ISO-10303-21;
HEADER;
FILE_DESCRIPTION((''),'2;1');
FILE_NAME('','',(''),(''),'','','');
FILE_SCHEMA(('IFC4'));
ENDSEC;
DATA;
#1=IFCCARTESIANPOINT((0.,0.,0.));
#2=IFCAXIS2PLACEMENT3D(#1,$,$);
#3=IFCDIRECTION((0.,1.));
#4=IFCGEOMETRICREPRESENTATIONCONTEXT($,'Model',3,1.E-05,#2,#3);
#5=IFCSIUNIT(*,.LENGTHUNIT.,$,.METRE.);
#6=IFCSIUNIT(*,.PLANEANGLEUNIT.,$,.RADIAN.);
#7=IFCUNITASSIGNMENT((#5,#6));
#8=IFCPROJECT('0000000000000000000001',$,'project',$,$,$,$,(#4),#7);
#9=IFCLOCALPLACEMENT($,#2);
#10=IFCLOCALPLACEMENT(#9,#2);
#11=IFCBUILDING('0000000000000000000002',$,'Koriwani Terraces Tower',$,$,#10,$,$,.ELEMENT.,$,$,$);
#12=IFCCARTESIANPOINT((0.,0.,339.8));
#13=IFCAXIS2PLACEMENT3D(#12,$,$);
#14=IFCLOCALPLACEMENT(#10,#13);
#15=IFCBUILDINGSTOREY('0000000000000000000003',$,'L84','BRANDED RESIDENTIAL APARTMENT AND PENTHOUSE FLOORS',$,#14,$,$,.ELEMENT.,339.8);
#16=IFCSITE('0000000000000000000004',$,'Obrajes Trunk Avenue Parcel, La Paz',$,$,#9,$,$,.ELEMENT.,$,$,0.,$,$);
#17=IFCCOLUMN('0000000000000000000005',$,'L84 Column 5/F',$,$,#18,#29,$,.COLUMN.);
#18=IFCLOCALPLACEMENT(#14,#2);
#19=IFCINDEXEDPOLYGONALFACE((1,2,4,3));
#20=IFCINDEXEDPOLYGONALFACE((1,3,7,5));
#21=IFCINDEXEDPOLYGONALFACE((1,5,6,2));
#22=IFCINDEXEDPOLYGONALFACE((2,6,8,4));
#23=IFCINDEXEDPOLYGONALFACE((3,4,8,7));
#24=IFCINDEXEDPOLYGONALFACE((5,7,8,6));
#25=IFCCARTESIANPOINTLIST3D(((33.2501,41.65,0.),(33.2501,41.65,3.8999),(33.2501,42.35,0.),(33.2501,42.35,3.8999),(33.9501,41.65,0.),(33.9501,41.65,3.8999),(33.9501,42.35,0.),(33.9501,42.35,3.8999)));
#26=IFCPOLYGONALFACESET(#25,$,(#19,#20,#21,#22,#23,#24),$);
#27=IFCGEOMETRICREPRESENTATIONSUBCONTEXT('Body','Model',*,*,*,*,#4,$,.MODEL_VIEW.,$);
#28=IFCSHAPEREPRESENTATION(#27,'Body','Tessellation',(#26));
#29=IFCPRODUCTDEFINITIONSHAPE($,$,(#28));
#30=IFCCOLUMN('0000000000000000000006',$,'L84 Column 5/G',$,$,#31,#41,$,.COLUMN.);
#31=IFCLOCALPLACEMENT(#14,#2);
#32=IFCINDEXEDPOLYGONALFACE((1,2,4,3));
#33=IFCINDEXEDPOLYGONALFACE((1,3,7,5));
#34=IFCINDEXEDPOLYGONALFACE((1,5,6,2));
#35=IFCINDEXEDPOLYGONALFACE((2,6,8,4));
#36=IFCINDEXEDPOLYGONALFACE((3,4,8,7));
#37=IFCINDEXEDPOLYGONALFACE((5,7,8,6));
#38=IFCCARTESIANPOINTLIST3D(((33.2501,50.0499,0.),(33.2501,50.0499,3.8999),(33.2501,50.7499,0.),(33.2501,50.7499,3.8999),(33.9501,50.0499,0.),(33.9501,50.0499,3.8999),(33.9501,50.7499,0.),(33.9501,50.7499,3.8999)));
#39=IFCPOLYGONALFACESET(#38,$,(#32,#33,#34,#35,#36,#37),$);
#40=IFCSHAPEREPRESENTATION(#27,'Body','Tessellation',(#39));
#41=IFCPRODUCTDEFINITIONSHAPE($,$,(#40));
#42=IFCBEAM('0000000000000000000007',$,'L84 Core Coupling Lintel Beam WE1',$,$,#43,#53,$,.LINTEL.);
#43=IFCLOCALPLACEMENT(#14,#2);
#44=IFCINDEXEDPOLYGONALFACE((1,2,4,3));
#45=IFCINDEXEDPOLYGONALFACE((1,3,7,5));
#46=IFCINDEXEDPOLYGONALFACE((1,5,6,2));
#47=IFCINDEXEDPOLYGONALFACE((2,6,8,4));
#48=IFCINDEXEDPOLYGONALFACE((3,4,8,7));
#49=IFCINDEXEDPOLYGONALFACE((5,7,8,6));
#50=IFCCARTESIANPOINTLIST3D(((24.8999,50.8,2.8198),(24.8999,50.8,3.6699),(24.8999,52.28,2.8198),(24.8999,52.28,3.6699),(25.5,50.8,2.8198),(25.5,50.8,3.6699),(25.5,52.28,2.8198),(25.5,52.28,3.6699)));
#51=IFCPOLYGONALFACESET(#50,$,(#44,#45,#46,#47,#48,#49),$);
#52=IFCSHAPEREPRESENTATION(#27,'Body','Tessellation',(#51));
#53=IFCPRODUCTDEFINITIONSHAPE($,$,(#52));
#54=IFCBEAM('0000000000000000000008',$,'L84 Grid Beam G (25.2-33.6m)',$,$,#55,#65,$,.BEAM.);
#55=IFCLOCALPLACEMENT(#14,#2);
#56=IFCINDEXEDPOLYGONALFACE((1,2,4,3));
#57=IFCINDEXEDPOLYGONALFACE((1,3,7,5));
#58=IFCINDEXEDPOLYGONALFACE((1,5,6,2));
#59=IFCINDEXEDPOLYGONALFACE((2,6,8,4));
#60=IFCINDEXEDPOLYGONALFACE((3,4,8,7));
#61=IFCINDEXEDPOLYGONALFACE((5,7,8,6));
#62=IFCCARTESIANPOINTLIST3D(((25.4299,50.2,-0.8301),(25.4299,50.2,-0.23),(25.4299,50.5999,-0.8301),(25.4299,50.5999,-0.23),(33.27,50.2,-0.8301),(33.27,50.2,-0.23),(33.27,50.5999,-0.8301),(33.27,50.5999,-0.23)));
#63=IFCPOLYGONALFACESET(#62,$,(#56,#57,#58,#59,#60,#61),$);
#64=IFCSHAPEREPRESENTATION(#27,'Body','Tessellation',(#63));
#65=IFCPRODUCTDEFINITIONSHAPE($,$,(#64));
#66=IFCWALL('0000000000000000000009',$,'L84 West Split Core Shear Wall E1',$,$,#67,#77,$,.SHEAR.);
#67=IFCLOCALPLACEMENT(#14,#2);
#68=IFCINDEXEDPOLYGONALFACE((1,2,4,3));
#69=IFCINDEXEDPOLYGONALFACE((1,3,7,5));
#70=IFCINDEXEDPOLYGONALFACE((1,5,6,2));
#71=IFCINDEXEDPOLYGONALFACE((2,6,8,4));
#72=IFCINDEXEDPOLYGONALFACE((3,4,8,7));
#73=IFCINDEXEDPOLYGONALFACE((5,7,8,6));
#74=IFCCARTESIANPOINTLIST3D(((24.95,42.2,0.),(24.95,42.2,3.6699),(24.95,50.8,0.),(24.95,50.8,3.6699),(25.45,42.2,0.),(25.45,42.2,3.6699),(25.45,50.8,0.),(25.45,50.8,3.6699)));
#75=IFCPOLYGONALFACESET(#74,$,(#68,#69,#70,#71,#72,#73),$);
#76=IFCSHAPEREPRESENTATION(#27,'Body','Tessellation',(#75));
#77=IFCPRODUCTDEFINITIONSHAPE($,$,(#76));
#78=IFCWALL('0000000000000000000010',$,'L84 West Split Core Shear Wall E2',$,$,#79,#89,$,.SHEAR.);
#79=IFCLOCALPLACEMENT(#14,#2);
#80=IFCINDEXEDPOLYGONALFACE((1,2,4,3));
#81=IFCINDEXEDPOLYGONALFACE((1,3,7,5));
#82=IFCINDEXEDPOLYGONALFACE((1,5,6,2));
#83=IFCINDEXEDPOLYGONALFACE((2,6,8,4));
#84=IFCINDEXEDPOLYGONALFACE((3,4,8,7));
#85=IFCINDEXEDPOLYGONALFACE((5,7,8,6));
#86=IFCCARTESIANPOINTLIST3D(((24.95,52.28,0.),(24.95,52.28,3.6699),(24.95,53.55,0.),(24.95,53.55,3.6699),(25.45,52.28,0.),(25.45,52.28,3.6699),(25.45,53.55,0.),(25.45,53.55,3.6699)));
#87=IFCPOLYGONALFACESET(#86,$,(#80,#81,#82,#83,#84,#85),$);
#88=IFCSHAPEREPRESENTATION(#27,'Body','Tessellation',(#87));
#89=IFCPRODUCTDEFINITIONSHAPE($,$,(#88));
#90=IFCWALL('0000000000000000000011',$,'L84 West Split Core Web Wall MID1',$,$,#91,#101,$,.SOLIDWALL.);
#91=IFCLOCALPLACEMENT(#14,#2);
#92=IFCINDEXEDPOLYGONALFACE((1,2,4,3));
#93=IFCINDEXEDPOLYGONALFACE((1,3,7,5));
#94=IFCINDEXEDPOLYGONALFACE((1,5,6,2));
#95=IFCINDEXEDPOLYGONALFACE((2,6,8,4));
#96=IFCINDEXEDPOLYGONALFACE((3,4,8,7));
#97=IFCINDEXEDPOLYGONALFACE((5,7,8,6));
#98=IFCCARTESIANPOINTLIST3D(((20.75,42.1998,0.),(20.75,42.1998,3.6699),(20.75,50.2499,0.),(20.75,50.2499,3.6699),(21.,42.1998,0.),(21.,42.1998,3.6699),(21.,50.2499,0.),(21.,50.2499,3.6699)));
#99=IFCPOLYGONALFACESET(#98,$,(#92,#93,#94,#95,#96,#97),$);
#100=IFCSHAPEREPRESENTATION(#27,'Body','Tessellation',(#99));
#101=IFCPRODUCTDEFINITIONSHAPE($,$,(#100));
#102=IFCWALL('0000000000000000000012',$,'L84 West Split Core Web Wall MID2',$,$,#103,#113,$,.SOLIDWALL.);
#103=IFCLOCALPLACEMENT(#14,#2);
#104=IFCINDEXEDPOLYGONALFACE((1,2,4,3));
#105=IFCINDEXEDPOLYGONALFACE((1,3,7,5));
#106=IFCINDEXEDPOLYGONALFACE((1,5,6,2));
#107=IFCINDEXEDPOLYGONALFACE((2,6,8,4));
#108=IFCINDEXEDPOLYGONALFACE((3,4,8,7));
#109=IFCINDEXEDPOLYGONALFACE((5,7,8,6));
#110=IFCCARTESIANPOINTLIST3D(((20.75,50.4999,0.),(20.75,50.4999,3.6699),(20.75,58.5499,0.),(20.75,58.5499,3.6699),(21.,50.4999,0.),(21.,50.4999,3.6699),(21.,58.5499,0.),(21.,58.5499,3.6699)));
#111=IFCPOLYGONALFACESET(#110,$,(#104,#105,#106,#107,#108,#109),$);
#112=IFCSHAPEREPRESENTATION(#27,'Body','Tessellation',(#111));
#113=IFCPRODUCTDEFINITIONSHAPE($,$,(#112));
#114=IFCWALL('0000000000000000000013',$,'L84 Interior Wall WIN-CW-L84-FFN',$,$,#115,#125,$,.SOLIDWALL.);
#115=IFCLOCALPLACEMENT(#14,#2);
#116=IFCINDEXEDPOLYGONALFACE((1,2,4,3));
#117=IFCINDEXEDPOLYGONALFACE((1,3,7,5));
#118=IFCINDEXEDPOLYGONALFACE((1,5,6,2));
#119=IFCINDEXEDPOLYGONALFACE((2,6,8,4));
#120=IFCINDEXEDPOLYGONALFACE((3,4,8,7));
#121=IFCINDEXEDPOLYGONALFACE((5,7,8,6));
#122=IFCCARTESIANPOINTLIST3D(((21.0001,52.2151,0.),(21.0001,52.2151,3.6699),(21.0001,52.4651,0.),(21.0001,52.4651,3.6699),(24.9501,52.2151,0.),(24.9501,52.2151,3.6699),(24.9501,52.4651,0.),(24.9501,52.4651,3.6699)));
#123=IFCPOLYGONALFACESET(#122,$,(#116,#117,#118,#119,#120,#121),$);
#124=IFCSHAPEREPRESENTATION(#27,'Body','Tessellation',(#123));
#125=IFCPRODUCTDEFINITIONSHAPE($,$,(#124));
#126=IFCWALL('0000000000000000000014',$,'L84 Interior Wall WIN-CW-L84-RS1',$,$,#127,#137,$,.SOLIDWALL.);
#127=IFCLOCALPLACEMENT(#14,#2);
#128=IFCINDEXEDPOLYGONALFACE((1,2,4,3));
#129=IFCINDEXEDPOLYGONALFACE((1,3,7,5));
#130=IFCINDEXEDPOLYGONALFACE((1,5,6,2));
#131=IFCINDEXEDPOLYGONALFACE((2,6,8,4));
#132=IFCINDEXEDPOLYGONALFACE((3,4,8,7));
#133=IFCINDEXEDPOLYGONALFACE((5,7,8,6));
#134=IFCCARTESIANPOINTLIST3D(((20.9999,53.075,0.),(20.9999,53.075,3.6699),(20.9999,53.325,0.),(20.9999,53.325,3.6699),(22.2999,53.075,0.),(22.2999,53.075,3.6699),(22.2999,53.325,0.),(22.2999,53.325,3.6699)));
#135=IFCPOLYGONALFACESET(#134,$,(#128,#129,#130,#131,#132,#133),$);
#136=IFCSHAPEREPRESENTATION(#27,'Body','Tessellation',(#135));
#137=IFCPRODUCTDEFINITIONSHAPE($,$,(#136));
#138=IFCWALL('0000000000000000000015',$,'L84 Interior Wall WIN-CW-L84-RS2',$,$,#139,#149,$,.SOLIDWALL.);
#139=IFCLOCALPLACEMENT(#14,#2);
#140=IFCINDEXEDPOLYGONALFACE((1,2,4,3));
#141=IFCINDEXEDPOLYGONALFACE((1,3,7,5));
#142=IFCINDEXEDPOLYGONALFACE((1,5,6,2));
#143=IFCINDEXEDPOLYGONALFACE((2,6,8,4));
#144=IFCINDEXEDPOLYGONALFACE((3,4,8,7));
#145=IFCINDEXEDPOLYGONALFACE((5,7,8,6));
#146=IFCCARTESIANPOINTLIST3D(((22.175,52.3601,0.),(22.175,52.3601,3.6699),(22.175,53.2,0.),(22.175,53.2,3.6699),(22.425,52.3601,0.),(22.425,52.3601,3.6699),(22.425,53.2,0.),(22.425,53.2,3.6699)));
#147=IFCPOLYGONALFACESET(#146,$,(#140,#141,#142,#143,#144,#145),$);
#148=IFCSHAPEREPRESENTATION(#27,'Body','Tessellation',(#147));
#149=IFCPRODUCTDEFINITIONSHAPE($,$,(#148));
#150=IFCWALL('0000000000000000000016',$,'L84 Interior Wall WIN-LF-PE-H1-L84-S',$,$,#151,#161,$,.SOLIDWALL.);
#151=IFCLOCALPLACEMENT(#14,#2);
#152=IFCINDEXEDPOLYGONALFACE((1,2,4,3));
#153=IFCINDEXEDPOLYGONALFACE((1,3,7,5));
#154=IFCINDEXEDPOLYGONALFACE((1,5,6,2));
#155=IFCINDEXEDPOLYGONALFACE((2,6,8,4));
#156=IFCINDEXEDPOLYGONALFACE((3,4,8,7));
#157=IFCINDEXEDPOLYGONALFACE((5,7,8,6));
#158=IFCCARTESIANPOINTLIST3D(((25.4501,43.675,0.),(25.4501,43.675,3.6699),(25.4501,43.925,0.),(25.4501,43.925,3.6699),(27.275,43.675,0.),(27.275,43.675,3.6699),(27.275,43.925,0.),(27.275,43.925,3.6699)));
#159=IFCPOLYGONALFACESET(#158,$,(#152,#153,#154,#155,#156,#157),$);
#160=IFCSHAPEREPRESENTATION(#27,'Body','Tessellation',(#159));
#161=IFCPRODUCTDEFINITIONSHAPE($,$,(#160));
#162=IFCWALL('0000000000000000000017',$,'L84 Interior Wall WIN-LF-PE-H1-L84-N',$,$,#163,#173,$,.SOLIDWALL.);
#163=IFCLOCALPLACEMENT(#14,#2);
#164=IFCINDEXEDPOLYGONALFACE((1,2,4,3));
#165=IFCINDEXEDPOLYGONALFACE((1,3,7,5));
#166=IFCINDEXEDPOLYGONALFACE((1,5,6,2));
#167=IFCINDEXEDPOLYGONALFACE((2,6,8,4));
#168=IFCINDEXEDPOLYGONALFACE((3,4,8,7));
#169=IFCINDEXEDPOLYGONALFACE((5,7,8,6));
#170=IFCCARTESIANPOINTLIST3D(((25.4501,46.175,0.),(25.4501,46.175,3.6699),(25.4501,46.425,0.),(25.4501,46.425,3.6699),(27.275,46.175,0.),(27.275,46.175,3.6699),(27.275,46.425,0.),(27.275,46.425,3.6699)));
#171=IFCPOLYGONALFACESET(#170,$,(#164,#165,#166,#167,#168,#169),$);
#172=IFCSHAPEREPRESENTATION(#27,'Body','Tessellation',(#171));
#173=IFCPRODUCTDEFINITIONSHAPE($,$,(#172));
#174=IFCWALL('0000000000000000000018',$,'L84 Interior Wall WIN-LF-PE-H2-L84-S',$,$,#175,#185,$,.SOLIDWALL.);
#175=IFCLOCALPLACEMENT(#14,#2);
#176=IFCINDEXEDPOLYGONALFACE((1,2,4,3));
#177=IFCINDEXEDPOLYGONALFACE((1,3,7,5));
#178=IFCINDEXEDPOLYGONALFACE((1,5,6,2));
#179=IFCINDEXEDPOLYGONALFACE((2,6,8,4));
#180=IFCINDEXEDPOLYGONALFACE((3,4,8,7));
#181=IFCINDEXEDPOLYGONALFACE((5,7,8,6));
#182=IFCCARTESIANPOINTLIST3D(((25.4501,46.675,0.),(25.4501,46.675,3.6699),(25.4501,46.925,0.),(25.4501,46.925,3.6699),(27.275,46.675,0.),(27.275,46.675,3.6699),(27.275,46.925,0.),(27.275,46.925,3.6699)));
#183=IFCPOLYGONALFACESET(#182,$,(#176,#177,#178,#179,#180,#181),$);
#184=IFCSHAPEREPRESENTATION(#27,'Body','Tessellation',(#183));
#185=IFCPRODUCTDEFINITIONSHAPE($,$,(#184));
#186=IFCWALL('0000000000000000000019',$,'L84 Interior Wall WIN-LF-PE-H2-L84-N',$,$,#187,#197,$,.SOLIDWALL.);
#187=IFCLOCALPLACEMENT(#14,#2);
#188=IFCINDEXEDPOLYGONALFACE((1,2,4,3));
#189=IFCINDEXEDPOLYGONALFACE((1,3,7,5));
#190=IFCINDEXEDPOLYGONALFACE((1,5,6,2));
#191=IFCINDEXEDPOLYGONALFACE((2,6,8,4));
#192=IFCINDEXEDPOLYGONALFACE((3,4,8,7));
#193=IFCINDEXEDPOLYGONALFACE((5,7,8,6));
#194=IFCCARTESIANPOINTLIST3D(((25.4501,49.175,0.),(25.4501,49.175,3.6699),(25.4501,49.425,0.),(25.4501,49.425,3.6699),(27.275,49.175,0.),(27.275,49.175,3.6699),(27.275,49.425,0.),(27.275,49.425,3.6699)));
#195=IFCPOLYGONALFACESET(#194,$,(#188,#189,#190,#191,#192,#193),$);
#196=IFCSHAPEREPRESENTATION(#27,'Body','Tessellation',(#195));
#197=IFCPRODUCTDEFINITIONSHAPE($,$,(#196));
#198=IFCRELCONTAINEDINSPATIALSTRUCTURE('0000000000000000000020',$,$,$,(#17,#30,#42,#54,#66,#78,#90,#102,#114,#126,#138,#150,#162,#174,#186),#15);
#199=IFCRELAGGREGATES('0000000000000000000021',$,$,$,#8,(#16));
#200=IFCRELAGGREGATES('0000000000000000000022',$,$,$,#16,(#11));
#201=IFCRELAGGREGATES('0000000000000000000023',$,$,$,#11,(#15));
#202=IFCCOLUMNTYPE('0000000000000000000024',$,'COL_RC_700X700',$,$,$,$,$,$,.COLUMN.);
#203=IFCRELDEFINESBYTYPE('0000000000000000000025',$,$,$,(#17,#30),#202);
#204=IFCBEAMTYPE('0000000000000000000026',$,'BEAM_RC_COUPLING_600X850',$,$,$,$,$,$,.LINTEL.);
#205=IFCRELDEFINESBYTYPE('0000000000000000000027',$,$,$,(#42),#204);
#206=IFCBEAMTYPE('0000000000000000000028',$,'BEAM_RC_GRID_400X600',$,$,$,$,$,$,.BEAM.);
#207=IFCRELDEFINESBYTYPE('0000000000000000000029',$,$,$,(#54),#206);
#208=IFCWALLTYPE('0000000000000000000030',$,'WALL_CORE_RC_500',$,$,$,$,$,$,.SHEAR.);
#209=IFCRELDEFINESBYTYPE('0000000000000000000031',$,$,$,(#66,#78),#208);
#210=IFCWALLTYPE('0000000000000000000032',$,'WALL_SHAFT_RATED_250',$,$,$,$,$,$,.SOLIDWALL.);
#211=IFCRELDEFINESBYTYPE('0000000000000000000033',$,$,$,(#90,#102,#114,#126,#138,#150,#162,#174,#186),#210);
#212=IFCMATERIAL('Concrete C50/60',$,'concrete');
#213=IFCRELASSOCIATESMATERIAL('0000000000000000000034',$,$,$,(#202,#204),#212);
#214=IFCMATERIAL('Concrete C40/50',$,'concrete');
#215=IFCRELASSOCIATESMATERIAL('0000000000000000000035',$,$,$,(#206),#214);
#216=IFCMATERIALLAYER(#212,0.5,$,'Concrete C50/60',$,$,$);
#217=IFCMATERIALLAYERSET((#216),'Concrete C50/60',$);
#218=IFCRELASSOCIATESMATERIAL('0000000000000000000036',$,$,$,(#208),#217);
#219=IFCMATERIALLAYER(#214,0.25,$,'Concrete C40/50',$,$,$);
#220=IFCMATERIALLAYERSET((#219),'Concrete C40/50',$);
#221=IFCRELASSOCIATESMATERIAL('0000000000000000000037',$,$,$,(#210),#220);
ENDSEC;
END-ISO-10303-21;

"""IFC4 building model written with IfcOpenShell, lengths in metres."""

from ifc_helpers import new_model, si_unit, direction, frame, frame_2d, origin, origin_2d, place, context, subcontext, project, spatial, rectangle, extrude, material, layer, layer_set, material_profile, profile_set, type_object, element, save


model = new_model("IFC4")

# Units and contexts
model_context = context("Model", 3, precision=1e-05, world=origin(), true_north=direction((0.0, 1.0)))
body_context = subcontext(model_context, "Body", "Model", "MODEL_VIEW")
ifc_project = project(units=[si_unit("LENGTHUNIT", "METRE"), si_unit("PLANEANGLEUNIT", "RADIAN")], contexts=[model_context])

# Site, building, storey
site_placement = place(None, origin())
site = spatial("IfcSite", under=ifc_project, at=site_placement, Name="Obrajes Trunk Avenue Parcel, La Paz", CompositionType="ELEMENT", RefElevation=0.0)
building_placement = place(site_placement, origin())
building = spatial("IfcBuilding", under=site, at=building_placement, Name="Koriwani Terraces Tower", CompositionType="ELEMENT")
storey_placement = place(building_placement, frame((0.0, 0.0, 339.8)))
storey = spatial("IfcBuildingStorey", under=building, at=storey_placement, Name="L84", Description="BRANDED RESIDENTIAL APARTMENT AND PENTHOUSE FLOORS", CompositionType="ELEMENT", Elevation=339.8)

# Columns
ifc_material_1 = material(Name="Concrete C50/60", Category="concrete")
ifc_material_profile_1 = material_profile(ifc_material_1, rectangle(XDim=0.7, YDim=0.7, at=origin_2d()), Name="Concrete C50/60", Category="LoadBearing")
ifc_profile_set_1 = profile_set([ifc_material_profile_1], Name="Concrete C50/60")
column_type = type_object("IfcColumnType", Name="COL_RC_700X700", PredefinedType="COLUMN", material=ifc_profile_set_1)
for number, where, z_axis, x_axis, name in (
    (1, (33.6001, 42.0, 0.0), (0.0, 0.0, 1.0), (1.0, 0.0, 0.0), "L84 Column 5/F"),
    (2, (33.6001, 50.3999, 0.0), (0.0, 0.0, 1.0), (1.0, 0.0, 0.0), "L84 Column 5/G"),
):
    element("IfcColumn", number, at=place(storey_placement, frame(where, z_axis=z_axis, x_axis=x_axis)), inside=storey, type_object=column_type, Name=name, PredefinedType="COLUMN", context=body_context, shape_type="SweptSolid", body=[
        extrude(rectangle(XDim=0.7, YDim=0.7, at=origin_2d()), origin(), (0.0, 0.0, 1.0), 3.8999),
    ])

# Beams
ifc_material_profile_2 = material_profile(ifc_material_1, rectangle(XDim=0.6001, YDim=0.8501, at=origin_2d()), Name="Concrete C50/60", Category="LoadBearing")
ifc_profile_set_2 = profile_set([ifc_material_profile_2], Name="Concrete C50/60")
beam_type_1 = type_object("IfcBeamType", Name="BEAM_RC_COUPLING_600X850", PredefinedType="LINTEL", material=ifc_profile_set_2)
beam_1_placement = place(storey_placement, frame((25.2, 50.8, 3.2449), z_axis=(0.0, 1.0, 0.0), x_axis=(-1.0, 0.0, 0.0)))
element("IfcBeam", 3, at=beam_1_placement, inside=storey, type_object=beam_type_1, Name="L84 Core Coupling Lintel Beam WE1", PredefinedType="LINTEL", context=body_context, shape_type="SweptSolid", body=[
    extrude(rectangle(XDim=0.6001, YDim=0.8501, at=origin_2d()), origin(), (0.0, 0.0, 1.0), 1.48),
])
ifc_material_2 = material(Name="Concrete C40/50", Category="concrete")
ifc_material_profile_3 = material_profile(ifc_material_2, rectangle(XDim=0.3999, YDim=0.6001, at=origin_2d()), Name="Concrete C40/50", Category="LoadBearing")
ifc_profile_set_3 = profile_set([ifc_material_profile_3], Name="Concrete C40/50")
beam_type_2 = type_object("IfcBeamType", Name="BEAM_RC_GRID_400X600", PredefinedType="BEAM", material=ifc_profile_set_3)
beam_2_placement = place(storey_placement, frame((25.4299, 50.3999, -0.53), z_axis=(1.0, 0.0, 0.0), x_axis=(0.0, 1.0, 0.0)))
element("IfcBeam", 4, at=beam_2_placement, inside=storey, type_object=beam_type_2, Name="L84 Grid Beam G (25.2-33.6m)", PredefinedType="BEAM", context=body_context, shape_type="SweptSolid", body=[
    extrude(rectangle(XDim=0.3999, YDim=0.6001, at=origin_2d()), origin(), (0.0, 0.0, 1.0), 7.8401),
])

# Walls
ifc_layer_1 = layer(ifc_material_1, 0.5, Name="Concrete C50/60")
ifc_layer_set_1 = layer_set([ifc_layer_1], Name="Concrete C50/60")
wall_type_1 = type_object("IfcWallType", Name="WALL_CORE_RC_500", PredefinedType="SHEAR", material=ifc_layer_set_1)
wall_1_placement = place(storey_placement, frame((25.2, 42.2, 0.0), z_axis=(0.0, 0.0, 1.0), x_axis=(0.0, 1.0, 0.0)))
element("IfcWall", 5, at=wall_1_placement, inside=storey, type_object=wall_type_1, Name="L84 West Split Core Shear Wall E1", PredefinedType="SHEAR", context=body_context, shape_type="SweptSolid", body=[
    extrude(rectangle(XDim=8.6001, YDim=0.5, at=frame_2d((4.3, 0.0))), origin(), (0.0, 0.0, 1.0), 3.6699),
])
wall_2_placement = place(storey_placement, frame((25.2, 52.28, 0.0), z_axis=(0.0, 0.0, 1.0), x_axis=(0.0, 1.0, 0.0)))
element("IfcWall", 6, at=wall_2_placement, inside=storey, type_object=wall_type_1, Name="L84 West Split Core Shear Wall E2", PredefinedType="SHEAR", context=body_context, shape_type="SweptSolid", body=[
    extrude(rectangle(XDim=1.27, YDim=0.5, at=frame_2d((0.635, 0.0))), origin(), (0.0, 0.0, 1.0), 3.6699),
])
ifc_layer_2 = layer(ifc_material_2, 0.25, Name="Concrete C40/50")
ifc_layer_set_2 = layer_set([ifc_layer_2], Name="Concrete C40/50")
wall_type_2 = type_object("IfcWallType", Name="WALL_SHAFT_RATED_250", PredefinedType="SOLIDWALL", material=ifc_layer_set_2)
for number, where, z_axis, x_axis, name in (
    (7, (20.875, 42.2, 0.0), (0.0, 0.0, 1.0), (0.0, 1.0, 0.0), "L84 West Split Core Web Wall MID1"),
    (8, (20.875, 50.5, 0.0), (0.0, 0.0, 1.0), (0.0, 1.0, 0.0), "L84 West Split Core Web Wall MID2"),
):
    element("IfcWall", number, at=place(storey_placement, frame(where, z_axis=z_axis, x_axis=x_axis)), inside=storey, type_object=wall_type_2, Name=name, PredefinedType="SOLIDWALL", context=body_context, shape_type="SweptSolid", body=[
        extrude(rectangle(XDim=8.05, YDim=0.25, at=frame_2d((4.0249, 0.0))), origin(), (0.0, 0.0, 1.0), 3.6699),
    ])

# Walls
wall_3_placement = place(storey_placement, frame((21.0, 52.3401, 0.0), z_axis=(0.0, 0.0, 1.0), x_axis=(1.0, 0.0, 0.0)))
element("IfcWall", 9, at=wall_3_placement, inside=storey, type_object=wall_type_2, Name="L84 Interior Wall WIN-CW-L84-FFN", PredefinedType="SOLIDWALL", context=body_context, shape_type="SweptSolid", body=[
    extrude(rectangle(XDim=3.95, YDim=0.25, at=frame_2d((1.9751, 0.0))), origin(), (0.0, 0.0, 1.0), 3.6699),
])
wall_4_placement = place(storey_placement, frame((21.0, 53.2, 0.0), z_axis=(0.0, 0.0, 1.0), x_axis=(1.0, 0.0, 0.0)))
element("IfcWall", 10, at=wall_4_placement, inside=storey, type_object=wall_type_2, Name="L84 Interior Wall WIN-CW-L84-RS1", PredefinedType="SOLIDWALL", context=body_context, shape_type="SweptSolid", body=[
    extrude(rectangle(XDim=1.3, YDim=0.25, at=frame_2d((0.6499, 0.0))), origin(), (0.0, 0.0, 1.0), 3.6699),
])
wall_5_placement = place(storey_placement, frame((22.3, 52.3601, 0.0), z_axis=(0.0, 0.0, 1.0), x_axis=(0.0, 1.0, 0.0)))
element("IfcWall", 11, at=wall_5_placement, inside=storey, type_object=wall_type_2, Name="L84 Interior Wall WIN-CW-L84-RS2", PredefinedType="SOLIDWALL", context=body_context, shape_type="SweptSolid", body=[
    extrude(rectangle(XDim=0.8398, YDim=0.25, at=frame_2d((0.4199, 0.0))), origin(), (0.0, 0.0, 1.0), 3.6699),
])

# Walls
for number, where, z_axis, x_axis, name in (
    (12, (25.45, 43.8, 0.0), (0.0, 0.0, 1.0), (1.0, 0.0, 0.0), "L84 Interior Wall WIN-LF-PE-H1-L84-S"),
    (13, (25.45, 46.3, 0.0), (0.0, 0.0, 1.0), (1.0, 0.0, 0.0), "L84 Interior Wall WIN-LF-PE-H1-L84-N"),
):
    element("IfcWall", number, at=place(storey_placement, frame(where, z_axis=z_axis, x_axis=x_axis)), inside=storey, type_object=wall_type_2, Name=name, PredefinedType="SOLIDWALL", context=body_context, shape_type="SweptSolid", body=[
        extrude(rectangle(XDim=1.825, YDim=0.25, at=frame_2d((0.9126, 0.0))), origin(), (0.0, 0.0, 1.0), 3.6699),
    ])

# Walls
for number, where, z_axis, x_axis, name in (
    (14, (25.45, 46.8, 0.0), (0.0, 0.0, 1.0), (1.0, 0.0, 0.0), "L84 Interior Wall WIN-LF-PE-H2-L84-S"),
    (15, (25.45, 49.3, 0.0), (0.0, 0.0, 1.0), (1.0, 0.0, 0.0), "L84 Interior Wall WIN-LF-PE-H2-L84-N"),
):
    element("IfcWall", number, at=place(storey_placement, frame(where, z_axis=z_axis, x_axis=x_axis)), inside=storey, type_object=wall_type_2, Name=name, PredefinedType="SOLIDWALL", context=body_context, shape_type="SweptSolid", body=[
        extrude(rectangle(XDim=1.825, YDim=0.25, at=frame_2d((0.9126, 0.0))), origin(), (0.0, 0.0, 1.0), 3.6699),
    ])

save(model, "model.ifc")
